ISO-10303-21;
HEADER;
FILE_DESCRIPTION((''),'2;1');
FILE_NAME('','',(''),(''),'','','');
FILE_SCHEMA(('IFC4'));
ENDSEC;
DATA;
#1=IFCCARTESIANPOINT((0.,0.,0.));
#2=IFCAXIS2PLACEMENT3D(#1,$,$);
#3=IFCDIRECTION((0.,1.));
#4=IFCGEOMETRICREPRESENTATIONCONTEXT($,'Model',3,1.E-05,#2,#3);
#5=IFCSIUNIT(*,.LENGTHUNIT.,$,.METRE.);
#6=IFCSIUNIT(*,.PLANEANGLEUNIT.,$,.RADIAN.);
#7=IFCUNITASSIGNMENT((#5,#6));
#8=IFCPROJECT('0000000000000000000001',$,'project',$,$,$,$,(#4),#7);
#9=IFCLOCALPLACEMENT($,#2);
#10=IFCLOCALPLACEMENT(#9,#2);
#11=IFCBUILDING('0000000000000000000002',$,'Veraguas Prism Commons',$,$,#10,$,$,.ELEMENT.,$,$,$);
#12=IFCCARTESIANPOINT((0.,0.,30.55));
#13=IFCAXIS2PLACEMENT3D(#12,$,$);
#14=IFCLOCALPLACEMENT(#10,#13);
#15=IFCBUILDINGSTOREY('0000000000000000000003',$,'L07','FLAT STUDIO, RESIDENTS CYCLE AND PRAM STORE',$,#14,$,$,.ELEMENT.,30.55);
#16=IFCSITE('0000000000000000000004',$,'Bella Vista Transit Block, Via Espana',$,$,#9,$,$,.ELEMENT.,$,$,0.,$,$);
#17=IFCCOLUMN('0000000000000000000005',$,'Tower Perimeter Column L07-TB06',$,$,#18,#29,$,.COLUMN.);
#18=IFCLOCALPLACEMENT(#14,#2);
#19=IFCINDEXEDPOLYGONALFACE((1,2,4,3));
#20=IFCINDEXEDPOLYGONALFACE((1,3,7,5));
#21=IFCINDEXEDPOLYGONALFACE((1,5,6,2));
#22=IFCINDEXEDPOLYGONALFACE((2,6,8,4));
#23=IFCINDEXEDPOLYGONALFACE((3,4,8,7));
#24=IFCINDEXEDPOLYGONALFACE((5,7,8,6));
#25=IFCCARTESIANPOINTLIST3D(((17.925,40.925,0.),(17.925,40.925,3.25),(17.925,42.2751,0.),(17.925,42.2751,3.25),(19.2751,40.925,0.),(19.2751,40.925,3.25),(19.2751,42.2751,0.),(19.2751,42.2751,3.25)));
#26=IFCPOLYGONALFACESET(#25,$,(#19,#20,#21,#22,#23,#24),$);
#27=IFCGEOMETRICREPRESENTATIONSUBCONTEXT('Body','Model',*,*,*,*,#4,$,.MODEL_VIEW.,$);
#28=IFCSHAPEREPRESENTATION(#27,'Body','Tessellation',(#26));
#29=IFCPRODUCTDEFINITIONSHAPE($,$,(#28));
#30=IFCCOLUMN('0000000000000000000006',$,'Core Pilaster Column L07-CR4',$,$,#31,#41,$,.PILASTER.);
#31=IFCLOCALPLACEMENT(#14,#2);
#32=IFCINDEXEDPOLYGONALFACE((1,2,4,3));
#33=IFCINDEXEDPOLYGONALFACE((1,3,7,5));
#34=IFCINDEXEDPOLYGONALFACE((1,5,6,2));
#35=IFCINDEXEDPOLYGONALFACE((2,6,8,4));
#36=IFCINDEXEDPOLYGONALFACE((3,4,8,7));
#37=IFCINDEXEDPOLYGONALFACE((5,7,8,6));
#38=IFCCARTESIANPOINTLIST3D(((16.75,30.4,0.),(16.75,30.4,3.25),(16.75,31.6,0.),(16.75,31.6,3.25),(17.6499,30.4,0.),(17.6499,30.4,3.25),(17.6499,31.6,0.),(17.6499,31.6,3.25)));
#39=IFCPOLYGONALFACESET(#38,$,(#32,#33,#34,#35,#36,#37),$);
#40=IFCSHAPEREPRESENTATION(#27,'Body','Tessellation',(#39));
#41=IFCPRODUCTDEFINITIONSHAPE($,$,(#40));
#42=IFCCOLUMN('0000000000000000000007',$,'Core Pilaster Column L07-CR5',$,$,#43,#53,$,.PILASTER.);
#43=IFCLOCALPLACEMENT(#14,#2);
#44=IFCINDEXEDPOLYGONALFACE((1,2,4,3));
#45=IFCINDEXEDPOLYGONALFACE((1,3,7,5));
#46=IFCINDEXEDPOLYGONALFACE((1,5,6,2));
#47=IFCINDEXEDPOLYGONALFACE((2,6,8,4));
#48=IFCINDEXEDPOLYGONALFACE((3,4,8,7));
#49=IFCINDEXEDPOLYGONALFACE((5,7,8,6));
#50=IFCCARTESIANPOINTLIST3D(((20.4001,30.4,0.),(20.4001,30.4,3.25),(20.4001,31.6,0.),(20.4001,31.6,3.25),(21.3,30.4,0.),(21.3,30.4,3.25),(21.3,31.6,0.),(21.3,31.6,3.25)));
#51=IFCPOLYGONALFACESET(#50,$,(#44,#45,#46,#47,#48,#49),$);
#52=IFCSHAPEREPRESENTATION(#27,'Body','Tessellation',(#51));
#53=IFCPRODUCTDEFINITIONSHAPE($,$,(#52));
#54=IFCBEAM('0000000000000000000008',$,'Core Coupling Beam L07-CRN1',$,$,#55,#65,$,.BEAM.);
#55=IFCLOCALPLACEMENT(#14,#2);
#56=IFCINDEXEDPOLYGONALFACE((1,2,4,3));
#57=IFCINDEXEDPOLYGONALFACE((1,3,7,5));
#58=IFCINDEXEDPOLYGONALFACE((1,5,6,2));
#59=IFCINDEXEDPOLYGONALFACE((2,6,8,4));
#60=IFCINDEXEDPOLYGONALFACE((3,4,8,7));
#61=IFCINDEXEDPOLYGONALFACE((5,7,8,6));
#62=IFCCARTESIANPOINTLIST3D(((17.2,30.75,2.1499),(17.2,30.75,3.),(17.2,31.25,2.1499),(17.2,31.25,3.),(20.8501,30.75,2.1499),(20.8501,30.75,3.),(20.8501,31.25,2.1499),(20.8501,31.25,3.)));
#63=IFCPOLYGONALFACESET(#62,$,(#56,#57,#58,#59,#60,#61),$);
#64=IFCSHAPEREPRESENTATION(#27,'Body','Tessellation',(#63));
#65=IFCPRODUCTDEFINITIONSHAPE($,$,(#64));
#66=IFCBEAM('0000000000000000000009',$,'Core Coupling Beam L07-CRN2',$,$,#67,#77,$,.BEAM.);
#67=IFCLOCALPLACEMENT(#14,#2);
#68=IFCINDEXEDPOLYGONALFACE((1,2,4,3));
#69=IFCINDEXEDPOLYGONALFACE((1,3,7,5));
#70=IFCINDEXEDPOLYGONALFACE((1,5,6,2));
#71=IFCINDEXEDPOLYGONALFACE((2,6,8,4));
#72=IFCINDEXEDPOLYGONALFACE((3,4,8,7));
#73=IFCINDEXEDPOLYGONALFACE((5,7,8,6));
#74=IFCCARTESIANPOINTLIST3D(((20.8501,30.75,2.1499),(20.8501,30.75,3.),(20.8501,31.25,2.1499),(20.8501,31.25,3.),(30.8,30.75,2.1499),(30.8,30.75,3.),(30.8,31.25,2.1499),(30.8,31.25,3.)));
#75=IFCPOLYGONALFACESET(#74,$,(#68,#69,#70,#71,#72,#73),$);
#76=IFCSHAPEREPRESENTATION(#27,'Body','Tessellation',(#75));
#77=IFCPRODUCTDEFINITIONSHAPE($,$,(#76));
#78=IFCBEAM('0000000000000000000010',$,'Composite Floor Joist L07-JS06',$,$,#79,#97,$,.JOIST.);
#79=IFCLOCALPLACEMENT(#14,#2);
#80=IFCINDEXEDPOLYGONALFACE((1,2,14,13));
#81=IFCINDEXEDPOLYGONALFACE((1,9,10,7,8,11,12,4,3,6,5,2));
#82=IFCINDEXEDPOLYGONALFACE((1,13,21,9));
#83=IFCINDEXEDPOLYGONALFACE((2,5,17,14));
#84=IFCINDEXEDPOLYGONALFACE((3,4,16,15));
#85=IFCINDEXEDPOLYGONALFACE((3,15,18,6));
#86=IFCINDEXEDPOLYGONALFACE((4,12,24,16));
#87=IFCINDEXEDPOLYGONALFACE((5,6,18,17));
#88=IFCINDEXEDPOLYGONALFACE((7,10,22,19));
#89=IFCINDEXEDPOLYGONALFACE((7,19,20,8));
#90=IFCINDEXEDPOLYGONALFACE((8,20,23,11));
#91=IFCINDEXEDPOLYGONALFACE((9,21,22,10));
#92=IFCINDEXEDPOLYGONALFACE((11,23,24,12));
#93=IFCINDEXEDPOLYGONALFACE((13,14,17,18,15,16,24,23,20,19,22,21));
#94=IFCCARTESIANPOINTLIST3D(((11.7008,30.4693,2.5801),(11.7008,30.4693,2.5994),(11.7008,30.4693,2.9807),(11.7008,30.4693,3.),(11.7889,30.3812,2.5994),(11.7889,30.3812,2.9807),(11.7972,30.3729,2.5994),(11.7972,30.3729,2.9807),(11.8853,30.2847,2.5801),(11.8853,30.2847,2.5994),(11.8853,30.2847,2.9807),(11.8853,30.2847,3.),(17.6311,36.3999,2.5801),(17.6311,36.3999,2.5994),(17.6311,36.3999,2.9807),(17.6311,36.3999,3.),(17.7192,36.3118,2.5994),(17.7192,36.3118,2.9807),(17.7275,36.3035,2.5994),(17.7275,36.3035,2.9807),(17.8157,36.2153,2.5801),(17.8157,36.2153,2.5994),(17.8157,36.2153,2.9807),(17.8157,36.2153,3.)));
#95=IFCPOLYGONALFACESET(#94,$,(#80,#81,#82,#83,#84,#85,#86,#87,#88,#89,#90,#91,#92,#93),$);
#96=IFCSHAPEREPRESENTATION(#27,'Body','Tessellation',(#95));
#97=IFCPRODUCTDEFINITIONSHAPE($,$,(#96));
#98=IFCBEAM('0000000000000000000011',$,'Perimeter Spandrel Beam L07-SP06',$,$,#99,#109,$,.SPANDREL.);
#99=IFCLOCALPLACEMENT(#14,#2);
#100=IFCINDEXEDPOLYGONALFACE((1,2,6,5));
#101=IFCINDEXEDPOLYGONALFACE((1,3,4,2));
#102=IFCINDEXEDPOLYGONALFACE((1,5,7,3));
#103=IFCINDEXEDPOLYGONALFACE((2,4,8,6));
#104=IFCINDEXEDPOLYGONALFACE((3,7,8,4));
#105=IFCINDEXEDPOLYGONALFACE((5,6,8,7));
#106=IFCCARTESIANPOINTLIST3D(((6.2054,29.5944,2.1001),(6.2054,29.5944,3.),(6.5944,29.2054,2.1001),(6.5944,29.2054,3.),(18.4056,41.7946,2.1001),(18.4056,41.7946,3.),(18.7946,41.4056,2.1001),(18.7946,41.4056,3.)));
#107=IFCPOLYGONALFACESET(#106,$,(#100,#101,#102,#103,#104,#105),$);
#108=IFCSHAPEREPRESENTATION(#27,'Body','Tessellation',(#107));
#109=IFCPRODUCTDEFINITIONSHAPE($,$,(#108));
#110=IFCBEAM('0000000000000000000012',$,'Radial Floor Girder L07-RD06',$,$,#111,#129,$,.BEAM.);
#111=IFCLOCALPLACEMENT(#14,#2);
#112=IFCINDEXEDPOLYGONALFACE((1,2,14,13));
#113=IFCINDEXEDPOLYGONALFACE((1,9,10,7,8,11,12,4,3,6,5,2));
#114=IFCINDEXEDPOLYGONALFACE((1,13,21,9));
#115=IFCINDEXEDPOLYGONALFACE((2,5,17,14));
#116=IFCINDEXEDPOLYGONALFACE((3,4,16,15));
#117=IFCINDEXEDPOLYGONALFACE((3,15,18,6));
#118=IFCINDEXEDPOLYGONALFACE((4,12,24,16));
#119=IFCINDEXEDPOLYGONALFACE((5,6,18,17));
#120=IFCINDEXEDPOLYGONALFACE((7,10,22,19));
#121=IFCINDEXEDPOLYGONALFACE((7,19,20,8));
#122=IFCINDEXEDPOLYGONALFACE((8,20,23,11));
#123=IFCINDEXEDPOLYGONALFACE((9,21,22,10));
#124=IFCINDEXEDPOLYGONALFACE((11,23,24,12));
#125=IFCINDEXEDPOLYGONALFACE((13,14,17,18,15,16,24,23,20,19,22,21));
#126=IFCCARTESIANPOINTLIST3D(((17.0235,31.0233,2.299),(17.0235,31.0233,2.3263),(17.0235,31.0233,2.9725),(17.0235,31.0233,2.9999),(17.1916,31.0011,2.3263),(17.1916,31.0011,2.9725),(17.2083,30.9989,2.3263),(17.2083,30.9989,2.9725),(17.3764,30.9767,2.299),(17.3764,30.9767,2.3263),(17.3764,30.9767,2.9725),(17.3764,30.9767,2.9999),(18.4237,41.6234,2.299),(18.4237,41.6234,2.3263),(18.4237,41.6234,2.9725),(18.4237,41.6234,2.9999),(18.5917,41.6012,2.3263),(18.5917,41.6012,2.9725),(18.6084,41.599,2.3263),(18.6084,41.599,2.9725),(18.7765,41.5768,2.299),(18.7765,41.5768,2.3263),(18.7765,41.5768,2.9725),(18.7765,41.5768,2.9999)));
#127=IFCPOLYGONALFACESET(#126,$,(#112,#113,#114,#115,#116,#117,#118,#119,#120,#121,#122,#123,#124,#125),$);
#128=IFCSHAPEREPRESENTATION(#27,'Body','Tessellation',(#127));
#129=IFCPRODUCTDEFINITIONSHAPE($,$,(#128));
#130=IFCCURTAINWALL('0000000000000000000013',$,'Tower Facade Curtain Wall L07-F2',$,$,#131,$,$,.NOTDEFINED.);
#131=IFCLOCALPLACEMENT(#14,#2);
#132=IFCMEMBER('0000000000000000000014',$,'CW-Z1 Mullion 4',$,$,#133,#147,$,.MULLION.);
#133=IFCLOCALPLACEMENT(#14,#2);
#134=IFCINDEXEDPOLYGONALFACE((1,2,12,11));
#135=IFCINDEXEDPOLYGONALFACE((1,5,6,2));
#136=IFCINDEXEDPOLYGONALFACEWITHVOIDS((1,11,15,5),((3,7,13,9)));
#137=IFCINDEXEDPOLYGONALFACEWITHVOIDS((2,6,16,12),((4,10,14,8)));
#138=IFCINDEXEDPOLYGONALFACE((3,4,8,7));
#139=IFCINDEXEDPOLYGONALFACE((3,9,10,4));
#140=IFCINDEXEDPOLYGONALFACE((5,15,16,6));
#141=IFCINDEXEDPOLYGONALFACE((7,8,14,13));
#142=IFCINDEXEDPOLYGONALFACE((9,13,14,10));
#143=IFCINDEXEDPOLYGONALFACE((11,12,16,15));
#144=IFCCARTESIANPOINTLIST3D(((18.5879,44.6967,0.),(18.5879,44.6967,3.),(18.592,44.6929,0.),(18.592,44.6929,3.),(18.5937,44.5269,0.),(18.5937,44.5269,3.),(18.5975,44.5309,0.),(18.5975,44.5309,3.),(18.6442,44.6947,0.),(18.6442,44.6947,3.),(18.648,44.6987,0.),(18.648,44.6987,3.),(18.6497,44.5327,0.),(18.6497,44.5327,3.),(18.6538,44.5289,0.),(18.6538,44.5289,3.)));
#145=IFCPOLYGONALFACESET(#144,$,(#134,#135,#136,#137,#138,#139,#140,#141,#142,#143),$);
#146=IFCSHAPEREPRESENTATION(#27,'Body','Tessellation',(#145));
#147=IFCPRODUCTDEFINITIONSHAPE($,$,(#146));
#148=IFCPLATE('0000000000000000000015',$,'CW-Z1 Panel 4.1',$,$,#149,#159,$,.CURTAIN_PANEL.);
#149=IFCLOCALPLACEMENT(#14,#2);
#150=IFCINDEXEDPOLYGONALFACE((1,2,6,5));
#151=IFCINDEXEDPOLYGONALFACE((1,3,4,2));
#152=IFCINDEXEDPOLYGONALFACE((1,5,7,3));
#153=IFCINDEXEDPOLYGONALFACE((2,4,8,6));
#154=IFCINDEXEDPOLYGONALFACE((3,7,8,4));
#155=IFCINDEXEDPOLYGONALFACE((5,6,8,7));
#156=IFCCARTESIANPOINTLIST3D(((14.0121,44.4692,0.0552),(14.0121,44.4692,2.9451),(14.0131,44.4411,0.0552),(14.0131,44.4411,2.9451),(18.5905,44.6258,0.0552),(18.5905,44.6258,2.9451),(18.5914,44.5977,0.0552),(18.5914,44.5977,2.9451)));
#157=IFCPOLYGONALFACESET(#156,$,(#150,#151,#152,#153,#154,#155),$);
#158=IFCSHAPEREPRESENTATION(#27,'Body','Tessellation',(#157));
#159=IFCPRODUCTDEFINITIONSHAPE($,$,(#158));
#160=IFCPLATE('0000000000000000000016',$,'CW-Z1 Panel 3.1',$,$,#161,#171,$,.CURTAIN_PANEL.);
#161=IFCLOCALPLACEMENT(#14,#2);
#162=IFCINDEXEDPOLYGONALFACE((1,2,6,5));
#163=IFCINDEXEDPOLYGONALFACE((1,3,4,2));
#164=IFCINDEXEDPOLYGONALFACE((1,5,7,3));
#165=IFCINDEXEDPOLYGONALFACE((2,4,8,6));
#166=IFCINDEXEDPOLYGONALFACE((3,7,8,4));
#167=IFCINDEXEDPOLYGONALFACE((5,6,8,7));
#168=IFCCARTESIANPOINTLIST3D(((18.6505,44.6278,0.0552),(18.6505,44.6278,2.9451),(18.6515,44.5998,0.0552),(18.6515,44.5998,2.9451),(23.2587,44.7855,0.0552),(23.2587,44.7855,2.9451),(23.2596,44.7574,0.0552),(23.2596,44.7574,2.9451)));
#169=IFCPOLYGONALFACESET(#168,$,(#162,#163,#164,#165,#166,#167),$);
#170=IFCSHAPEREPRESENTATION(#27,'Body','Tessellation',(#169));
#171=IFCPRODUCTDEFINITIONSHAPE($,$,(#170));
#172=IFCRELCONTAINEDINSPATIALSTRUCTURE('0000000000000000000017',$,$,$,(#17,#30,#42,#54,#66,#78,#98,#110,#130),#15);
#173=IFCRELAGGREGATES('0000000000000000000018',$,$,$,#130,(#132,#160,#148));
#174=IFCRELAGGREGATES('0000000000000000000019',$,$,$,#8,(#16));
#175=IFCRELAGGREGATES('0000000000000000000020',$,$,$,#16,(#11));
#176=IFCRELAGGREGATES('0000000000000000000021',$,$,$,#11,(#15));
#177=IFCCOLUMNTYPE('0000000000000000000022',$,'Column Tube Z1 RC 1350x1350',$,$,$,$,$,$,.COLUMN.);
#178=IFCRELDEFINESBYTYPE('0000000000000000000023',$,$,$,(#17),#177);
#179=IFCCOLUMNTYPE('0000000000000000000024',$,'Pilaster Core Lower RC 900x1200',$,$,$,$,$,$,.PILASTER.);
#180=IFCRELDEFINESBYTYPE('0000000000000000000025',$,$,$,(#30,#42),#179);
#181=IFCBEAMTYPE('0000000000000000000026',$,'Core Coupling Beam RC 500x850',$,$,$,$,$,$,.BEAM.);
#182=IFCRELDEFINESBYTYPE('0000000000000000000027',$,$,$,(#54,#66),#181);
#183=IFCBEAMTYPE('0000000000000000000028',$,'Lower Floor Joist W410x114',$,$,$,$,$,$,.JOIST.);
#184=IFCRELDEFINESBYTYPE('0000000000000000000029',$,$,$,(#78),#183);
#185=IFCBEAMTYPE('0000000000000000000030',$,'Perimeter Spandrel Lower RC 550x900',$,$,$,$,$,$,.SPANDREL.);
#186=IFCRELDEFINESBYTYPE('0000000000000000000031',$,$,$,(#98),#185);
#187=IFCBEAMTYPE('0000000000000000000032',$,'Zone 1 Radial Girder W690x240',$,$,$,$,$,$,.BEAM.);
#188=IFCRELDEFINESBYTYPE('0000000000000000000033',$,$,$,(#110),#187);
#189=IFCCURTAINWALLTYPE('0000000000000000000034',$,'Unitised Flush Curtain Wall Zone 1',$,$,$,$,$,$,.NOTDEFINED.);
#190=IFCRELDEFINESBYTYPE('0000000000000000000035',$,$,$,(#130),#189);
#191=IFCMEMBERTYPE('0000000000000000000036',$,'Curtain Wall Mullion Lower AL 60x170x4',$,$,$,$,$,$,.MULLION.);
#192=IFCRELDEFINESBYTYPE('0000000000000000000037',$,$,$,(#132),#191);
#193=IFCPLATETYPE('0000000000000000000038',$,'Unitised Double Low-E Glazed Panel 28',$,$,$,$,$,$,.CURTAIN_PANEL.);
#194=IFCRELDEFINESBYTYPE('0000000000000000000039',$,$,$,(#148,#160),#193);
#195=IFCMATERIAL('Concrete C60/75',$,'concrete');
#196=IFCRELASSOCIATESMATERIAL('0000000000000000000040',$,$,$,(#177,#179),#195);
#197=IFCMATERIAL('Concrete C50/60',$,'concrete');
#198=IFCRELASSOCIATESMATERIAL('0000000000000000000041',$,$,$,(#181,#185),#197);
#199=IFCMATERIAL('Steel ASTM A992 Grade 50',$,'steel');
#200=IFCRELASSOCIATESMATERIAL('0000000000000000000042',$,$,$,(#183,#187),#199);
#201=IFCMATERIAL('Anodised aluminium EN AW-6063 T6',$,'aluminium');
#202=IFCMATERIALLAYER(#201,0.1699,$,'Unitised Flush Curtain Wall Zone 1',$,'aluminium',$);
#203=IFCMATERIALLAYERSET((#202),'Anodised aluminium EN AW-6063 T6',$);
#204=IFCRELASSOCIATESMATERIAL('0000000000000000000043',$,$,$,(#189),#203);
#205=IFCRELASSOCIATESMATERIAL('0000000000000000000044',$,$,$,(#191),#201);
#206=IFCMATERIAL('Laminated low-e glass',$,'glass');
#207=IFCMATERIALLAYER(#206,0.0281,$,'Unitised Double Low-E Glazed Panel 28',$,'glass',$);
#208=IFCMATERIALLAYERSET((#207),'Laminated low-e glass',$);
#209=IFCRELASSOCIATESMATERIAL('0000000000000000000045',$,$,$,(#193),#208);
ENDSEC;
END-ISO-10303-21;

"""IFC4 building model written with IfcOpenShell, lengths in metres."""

from ifc_helpers import new_model, si_unit, direction, frame, origin, origin_2d, place, context, subcontext, project, spatial, rectangle, hollow_rectangle, i_section, extrude, source, transform, mapped, material, layer, layer_set, material_profile, profile_set, type_object, element, aggregate, save


model = new_model("IFC4")

# Units and contexts
model_context = context("Model", 3, precision=1e-05, world=origin(), true_north=direction((0.0, 1.0)))
body_context = subcontext(model_context, "Body", "Model", "MODEL_VIEW")
ifc_project = project(units=[si_unit("LENGTHUNIT", "METRE"), si_unit("PLANEANGLEUNIT", "RADIAN")], contexts=[model_context])

# Site, building, storey
site_placement = place(None, origin())
site = spatial("IfcSite", under=ifc_project, at=site_placement, Name="Bella Vista Transit Block, Via Espana", CompositionType="ELEMENT", RefElevation=0.0)
building_placement = place(site_placement, origin())
building = spatial("IfcBuilding", under=site, at=building_placement, Name="Veraguas Prism Commons", CompositionType="ELEMENT")
storey_placement = place(building_placement, frame((0.0, 0.0, 30.55)))
storey = spatial("IfcBuildingStorey", under=building, at=storey_placement, Name="L07", Description="FLAT STUDIO, RESIDENTS CYCLE AND PRAM STORE", CompositionType="ELEMENT", Elevation=30.55)

# Columns
ifc_material_1 = material(Name="Concrete C60/75", Category="concrete")
ifc_material_profile_1 = material_profile(ifc_material_1, rectangle(XDim=1.3501, YDim=1.3501, at=origin_2d()), Name="RC1350X1350")
ifc_profile_set_1 = profile_set([ifc_material_profile_1], Name="Concrete C60/75")
column_type_1 = type_object("IfcColumnType", Name="Column Tube Z1 RC 1350x1350", PredefinedType="COLUMN", material=ifc_profile_set_1)
column_placement = place(storey_placement, frame((18.6001, 41.6001, 0.0), z_axis=(0.0, 0.0, 1.0), x_axis=(1.0, 0.0, 0.0)))
element("IfcColumn", 1, at=column_placement, inside=storey, type_object=column_type_1, Name="Tower Perimeter Column L07-TB06", PredefinedType="COLUMN", context=body_context, shape_type="SweptSolid", body=[
    extrude(rectangle(XDim=1.3501, YDim=1.3501, at=origin_2d()), origin(), (0.0, 0.0, 1.0), 3.25),
])
ifc_material_profile_2 = material_profile(ifc_material_1, rectangle(XDim=0.8999, YDim=1.2, at=origin_2d()), Name="RC900X1200")
ifc_profile_set_2 = profile_set([ifc_material_profile_2], Name="Concrete C60/75")
column_type_2 = type_object("IfcColumnType", Name="Pilaster Core Lower RC 900x1200", PredefinedType="PILASTER", material=ifc_profile_set_2)
for number, where, z_axis, x_axis, name in (
    (2, (17.2, 31.0, 0.0), (0.0, 0.0, 1.0), (1.0, 0.0, 0.0), "Core Pilaster Column L07-CR4"),
    (3, (20.8501, 31.0, 0.0), (0.0, 0.0, 1.0), (1.0, 0.0, 0.0), "Core Pilaster Column L07-CR5"),
):
    element("IfcColumn", number, at=place(storey_placement, frame(where, z_axis=z_axis, x_axis=x_axis)), inside=storey, type_object=column_type_2, Name=name, PredefinedType="PILASTER", context=body_context, shape_type="SweptSolid", body=[
        extrude(rectangle(XDim=0.8999, YDim=1.2, at=origin_2d()), origin(), (0.0, 0.0, 1.0), 3.25),
    ])

# Beams
ifc_material_2 = material(Name="Concrete C50/60", Category="concrete")
ifc_material_profile_3 = material_profile(ifc_material_2, rectangle(XDim=0.5, YDim=0.8501, at=origin_2d()), Name="RC500X850")
ifc_profile_set_3 = profile_set([ifc_material_profile_3], Name="Concrete C50/60")
beam_type_1 = type_object("IfcBeamType", Name="Core Coupling Beam RC 500x850", PredefinedType="BEAM", material=ifc_profile_set_3)
beam_1_placement = place(storey_placement, frame((17.2, 31.0, 2.575), z_axis=(1.0, 0.0, 0.0), x_axis=(0.0, 1.0, 0.0)))
element("IfcBeam", 4, at=beam_1_placement, inside=storey, type_object=beam_type_1, Name="Core Coupling Beam L07-CRN1", PredefinedType="BEAM", context=body_context, shape_type="SweptSolid", body=[
    extrude(rectangle(XDim=0.5, YDim=0.8501, at=origin_2d()), origin(), (0.0, 0.0, 1.0), 3.6501),
])
beam_2_placement = place(storey_placement, frame((20.8501, 31.0, 2.575), z_axis=(1.0, 0.0, 0.0), x_axis=(0.0, 1.0, 0.0)))
element("IfcBeam", 5, at=beam_2_placement, inside=storey, type_object=beam_type_1, Name="Core Coupling Beam L07-CRN2", PredefinedType="BEAM", context=body_context, shape_type="SweptSolid", body=[
    extrude(rectangle(XDim=0.5, YDim=0.8501, at=origin_2d()), origin(), (0.0, 0.0, 1.0), 9.95),
])
ifc_material_3 = material(Name="Steel ASTM A992 Grade 50", Category="steel")
ifc_material_profile_4 = material_profile(ifc_material_3, i_section(OverallWidth=0.261, OverallDepth=0.4199, WebThickness=0.0117, FlangeThickness=0.0193, at=origin_2d()), Name="W410X114")
ifc_profile_set_4 = profile_set([ifc_material_profile_4], Name="Steel ASTM A992 Grade 50")
beam_type_2 = type_object("IfcBeamType", Name="Lower Floor Joist W410x114", PredefinedType="JOIST", material=ifc_profile_set_4)
beam_3_placement = place(storey_placement, frame((17.7234, 36.3076, 2.79), z_axis=(-0.707092, -0.707121, 0.0), x_axis=(0.707121, -0.707092, 0.0)))
element("IfcBeam", 6, at=beam_3_placement, inside=storey, type_object=beam_type_2, Name="Composite Floor Joist L07-JS06", PredefinedType="JOIST", context=body_context, shape_type="SweptSolid", body=[
    extrude(i_section(OverallWidth=0.261, OverallDepth=0.4199, WebThickness=0.0117, FlangeThickness=0.0193, at=origin_2d()), origin(), (0.0, 0.0, 1.0), 8.387),
])
ifc_material_profile_5 = material_profile(ifc_material_2, rectangle(XDim=0.55, YDim=0.8999, at=origin_2d()), Name="RC550X900")
ifc_profile_set_5 = profile_set([ifc_material_profile_5], Name="Concrete C50/60")
beam_type_3 = type_object("IfcBeamType", Name="Perimeter Spandrel Lower RC 550x900", PredefinedType="SPANDREL", material=ifc_profile_set_5)
beam_4_placement = place(storey_placement, frame((18.6001, 41.6001, 2.55), z_axis=(-0.707107, -0.707107, 0.0), x_axis=(0.707107, -0.707107, 0.0)))
element("IfcBeam", 7, at=beam_4_placement, inside=storey, type_object=beam_type_3, Name="Perimeter Spandrel Beam L07-SP06", PredefinedType="SPANDREL", context=body_context, shape_type="SweptSolid", body=[
    extrude(rectangle(XDim=0.55, YDim=0.8999, at=origin_2d()), origin(), (0.0, 0.0, 1.0), 17.2537),
])
ifc_material_profile_6 = material_profile(ifc_material_3, i_section(OverallWidth=0.356, OverallDepth=0.7009, WebThickness=0.0168, FlangeThickness=0.0273, at=origin_2d()), Name="W690X240")
ifc_profile_set_6 = profile_set([ifc_material_profile_6], Name="Steel ASTM A992 Grade 50")
beam_type_4 = type_object("IfcBeamType", Name="Zone 1 Radial Girder W690x240", PredefinedType="BEAM", material=ifc_profile_set_6)
beam_5_placement = place(storey_placement, frame((18.6001, 41.6001, 2.6494), z_axis=(-0.130951, -0.991389, 0.0), x_axis=(0.991389, -0.130951, 0.0)))
element("IfcBeam", 8, at=beam_5_placement, inside=storey, type_object=beam_type_4, Name="Radial Floor Girder L07-RD06", PredefinedType="BEAM", context=body_context, shape_type="SweptSolid", body=[
    extrude(i_section(OverallWidth=0.356, OverallDepth=0.7009, WebThickness=0.0168, FlangeThickness=0.0273, at=origin_2d()), origin(), (0.0, 0.0, 1.0), 10.6921),
])

# Curtain wall, member, plates
ifc_material_4 = material(Name="Anodised aluminium EN AW-6063 T6", Category="aluminium")
ifc_layer_1 = layer(ifc_material_4, 0.1699, Name="Unitised Flush Curtain Wall Zone 1", Category="aluminium")
ifc_layer_set_1 = layer_set([ifc_layer_1], Name="Anodised aluminium EN AW-6063 T6")
curtain_wall_type = type_object("IfcCurtainWallType", Name="Unitised Flush Curtain Wall Zone 1", PredefinedType="NOTDEFINED", material=ifc_layer_set_1)
curtain_wall_placement = place(storey_placement, origin())
curtain_wall = element("IfcCurtainWall", 9, at=curtain_wall_placement, inside=storey, type_object=curtain_wall_type, Name="Tower Facade Curtain Wall L07-F2", PredefinedType="NOTDEFINED")
ifc_material_profile_7 = material_profile(ifc_material_4, hollow_rectangle(XDim=0.0601, YDim=0.1699, WallThickness=0.0039, at=origin_2d()), Name="AL60X170X4")
ifc_profile_set_7 = profile_set([ifc_material_profile_7], Name="Anodised aluminium EN AW-6063 T6")
member_type = type_object("IfcMemberType", Name="Curtain Wall Mullion Lower AL 60x170x4", PredefinedType="MULLION", material=ifc_profile_set_7)
shared_shape_1 = source(origin(), body_context, "Body", "SweptSolid", [
    extrude(hollow_rectangle(XDim=0.0601, YDim=0.1699, WallThickness=0.0039, at=origin_2d()), origin(), (0.0, 0.0, 1.0), 3.0),
])
member_placement = place(storey_placement, frame((18.6208, 44.6128, 0.0), z_axis=(0.0, 0.0, 1.0), x_axis=(-0.999415, -0.034195, 0.0)))
member = element("IfcMember", 10, at=member_placement, type_object=member_type, Name="CW-Z1 Mullion 4", PredefinedType="MULLION", context=body_context, shape_type="MappedRepresentation", body=[
    mapped(shared_shape_1, transform((0.0, 0.0, 0.0), scale=1.0)),
])
ifc_material_5 = material(Name="Laminated low-e glass", Category="glass")
ifc_layer_2 = layer(ifc_material_5, 0.0281, Name="Unitised Double Low-E Glazed Panel 28", Category="glass")
ifc_layer_set_2 = layer_set([ifc_layer_2], Name="Laminated low-e glass")
plate_type = type_object("IfcPlateType", Name="Unitised Double Low-E Glazed Panel 28", PredefinedType="CURTAIN_PANEL", material=ifc_layer_set_2)
shared_shape_2 = source(origin(), body_context, "Body", "SweptSolid", [
    extrude(rectangle(XDim=4.5811, YDim=0.0281, at=origin_2d()), origin(), (0.0, 0.0, 1.0), 2.8899),
])
plate_1_placement = place(storey_placement, frame((16.3018, 44.5334, 0.0552), z_axis=(0.0, 0.0, 1.0), x_axis=(-0.999415, -0.034195, 0.0)))
plate_1 = element("IfcPlate", 11, at=plate_1_placement, type_object=plate_type, Name="CW-Z1 Panel 4.1", PredefinedType="CURTAIN_PANEL", context=body_context, shape_type="MappedRepresentation", body=[
    mapped(shared_shape_2, transform((0.0, 0.0, 0.0), scale=1.0)),
])
shared_shape_3 = source(origin(), body_context, "Body", "SweptSolid", [
    extrude(rectangle(XDim=4.6108, YDim=0.0281, at=origin_2d()), origin(), (0.0, 0.0, 1.0), 2.8899),
])
plate_2_placement = place(storey_placement, frame((20.9551, 44.6926, 0.0552), z_axis=(0.0, 0.0, 1.0), x_axis=(-0.999415, -0.034195, 0.0)))
plate_2 = element("IfcPlate", 12, at=plate_2_placement, type_object=plate_type, Name="CW-Z1 Panel 3.1", PredefinedType="CURTAIN_PANEL", context=body_context, shape_type="MappedRepresentation", body=[
    mapped(shared_shape_3, transform((0.0, 0.0, 0.0), scale=1.0)),
])
aggregate(curtain_wall, [member, plate_2, plate_1])

save(model, "model.ifc")
